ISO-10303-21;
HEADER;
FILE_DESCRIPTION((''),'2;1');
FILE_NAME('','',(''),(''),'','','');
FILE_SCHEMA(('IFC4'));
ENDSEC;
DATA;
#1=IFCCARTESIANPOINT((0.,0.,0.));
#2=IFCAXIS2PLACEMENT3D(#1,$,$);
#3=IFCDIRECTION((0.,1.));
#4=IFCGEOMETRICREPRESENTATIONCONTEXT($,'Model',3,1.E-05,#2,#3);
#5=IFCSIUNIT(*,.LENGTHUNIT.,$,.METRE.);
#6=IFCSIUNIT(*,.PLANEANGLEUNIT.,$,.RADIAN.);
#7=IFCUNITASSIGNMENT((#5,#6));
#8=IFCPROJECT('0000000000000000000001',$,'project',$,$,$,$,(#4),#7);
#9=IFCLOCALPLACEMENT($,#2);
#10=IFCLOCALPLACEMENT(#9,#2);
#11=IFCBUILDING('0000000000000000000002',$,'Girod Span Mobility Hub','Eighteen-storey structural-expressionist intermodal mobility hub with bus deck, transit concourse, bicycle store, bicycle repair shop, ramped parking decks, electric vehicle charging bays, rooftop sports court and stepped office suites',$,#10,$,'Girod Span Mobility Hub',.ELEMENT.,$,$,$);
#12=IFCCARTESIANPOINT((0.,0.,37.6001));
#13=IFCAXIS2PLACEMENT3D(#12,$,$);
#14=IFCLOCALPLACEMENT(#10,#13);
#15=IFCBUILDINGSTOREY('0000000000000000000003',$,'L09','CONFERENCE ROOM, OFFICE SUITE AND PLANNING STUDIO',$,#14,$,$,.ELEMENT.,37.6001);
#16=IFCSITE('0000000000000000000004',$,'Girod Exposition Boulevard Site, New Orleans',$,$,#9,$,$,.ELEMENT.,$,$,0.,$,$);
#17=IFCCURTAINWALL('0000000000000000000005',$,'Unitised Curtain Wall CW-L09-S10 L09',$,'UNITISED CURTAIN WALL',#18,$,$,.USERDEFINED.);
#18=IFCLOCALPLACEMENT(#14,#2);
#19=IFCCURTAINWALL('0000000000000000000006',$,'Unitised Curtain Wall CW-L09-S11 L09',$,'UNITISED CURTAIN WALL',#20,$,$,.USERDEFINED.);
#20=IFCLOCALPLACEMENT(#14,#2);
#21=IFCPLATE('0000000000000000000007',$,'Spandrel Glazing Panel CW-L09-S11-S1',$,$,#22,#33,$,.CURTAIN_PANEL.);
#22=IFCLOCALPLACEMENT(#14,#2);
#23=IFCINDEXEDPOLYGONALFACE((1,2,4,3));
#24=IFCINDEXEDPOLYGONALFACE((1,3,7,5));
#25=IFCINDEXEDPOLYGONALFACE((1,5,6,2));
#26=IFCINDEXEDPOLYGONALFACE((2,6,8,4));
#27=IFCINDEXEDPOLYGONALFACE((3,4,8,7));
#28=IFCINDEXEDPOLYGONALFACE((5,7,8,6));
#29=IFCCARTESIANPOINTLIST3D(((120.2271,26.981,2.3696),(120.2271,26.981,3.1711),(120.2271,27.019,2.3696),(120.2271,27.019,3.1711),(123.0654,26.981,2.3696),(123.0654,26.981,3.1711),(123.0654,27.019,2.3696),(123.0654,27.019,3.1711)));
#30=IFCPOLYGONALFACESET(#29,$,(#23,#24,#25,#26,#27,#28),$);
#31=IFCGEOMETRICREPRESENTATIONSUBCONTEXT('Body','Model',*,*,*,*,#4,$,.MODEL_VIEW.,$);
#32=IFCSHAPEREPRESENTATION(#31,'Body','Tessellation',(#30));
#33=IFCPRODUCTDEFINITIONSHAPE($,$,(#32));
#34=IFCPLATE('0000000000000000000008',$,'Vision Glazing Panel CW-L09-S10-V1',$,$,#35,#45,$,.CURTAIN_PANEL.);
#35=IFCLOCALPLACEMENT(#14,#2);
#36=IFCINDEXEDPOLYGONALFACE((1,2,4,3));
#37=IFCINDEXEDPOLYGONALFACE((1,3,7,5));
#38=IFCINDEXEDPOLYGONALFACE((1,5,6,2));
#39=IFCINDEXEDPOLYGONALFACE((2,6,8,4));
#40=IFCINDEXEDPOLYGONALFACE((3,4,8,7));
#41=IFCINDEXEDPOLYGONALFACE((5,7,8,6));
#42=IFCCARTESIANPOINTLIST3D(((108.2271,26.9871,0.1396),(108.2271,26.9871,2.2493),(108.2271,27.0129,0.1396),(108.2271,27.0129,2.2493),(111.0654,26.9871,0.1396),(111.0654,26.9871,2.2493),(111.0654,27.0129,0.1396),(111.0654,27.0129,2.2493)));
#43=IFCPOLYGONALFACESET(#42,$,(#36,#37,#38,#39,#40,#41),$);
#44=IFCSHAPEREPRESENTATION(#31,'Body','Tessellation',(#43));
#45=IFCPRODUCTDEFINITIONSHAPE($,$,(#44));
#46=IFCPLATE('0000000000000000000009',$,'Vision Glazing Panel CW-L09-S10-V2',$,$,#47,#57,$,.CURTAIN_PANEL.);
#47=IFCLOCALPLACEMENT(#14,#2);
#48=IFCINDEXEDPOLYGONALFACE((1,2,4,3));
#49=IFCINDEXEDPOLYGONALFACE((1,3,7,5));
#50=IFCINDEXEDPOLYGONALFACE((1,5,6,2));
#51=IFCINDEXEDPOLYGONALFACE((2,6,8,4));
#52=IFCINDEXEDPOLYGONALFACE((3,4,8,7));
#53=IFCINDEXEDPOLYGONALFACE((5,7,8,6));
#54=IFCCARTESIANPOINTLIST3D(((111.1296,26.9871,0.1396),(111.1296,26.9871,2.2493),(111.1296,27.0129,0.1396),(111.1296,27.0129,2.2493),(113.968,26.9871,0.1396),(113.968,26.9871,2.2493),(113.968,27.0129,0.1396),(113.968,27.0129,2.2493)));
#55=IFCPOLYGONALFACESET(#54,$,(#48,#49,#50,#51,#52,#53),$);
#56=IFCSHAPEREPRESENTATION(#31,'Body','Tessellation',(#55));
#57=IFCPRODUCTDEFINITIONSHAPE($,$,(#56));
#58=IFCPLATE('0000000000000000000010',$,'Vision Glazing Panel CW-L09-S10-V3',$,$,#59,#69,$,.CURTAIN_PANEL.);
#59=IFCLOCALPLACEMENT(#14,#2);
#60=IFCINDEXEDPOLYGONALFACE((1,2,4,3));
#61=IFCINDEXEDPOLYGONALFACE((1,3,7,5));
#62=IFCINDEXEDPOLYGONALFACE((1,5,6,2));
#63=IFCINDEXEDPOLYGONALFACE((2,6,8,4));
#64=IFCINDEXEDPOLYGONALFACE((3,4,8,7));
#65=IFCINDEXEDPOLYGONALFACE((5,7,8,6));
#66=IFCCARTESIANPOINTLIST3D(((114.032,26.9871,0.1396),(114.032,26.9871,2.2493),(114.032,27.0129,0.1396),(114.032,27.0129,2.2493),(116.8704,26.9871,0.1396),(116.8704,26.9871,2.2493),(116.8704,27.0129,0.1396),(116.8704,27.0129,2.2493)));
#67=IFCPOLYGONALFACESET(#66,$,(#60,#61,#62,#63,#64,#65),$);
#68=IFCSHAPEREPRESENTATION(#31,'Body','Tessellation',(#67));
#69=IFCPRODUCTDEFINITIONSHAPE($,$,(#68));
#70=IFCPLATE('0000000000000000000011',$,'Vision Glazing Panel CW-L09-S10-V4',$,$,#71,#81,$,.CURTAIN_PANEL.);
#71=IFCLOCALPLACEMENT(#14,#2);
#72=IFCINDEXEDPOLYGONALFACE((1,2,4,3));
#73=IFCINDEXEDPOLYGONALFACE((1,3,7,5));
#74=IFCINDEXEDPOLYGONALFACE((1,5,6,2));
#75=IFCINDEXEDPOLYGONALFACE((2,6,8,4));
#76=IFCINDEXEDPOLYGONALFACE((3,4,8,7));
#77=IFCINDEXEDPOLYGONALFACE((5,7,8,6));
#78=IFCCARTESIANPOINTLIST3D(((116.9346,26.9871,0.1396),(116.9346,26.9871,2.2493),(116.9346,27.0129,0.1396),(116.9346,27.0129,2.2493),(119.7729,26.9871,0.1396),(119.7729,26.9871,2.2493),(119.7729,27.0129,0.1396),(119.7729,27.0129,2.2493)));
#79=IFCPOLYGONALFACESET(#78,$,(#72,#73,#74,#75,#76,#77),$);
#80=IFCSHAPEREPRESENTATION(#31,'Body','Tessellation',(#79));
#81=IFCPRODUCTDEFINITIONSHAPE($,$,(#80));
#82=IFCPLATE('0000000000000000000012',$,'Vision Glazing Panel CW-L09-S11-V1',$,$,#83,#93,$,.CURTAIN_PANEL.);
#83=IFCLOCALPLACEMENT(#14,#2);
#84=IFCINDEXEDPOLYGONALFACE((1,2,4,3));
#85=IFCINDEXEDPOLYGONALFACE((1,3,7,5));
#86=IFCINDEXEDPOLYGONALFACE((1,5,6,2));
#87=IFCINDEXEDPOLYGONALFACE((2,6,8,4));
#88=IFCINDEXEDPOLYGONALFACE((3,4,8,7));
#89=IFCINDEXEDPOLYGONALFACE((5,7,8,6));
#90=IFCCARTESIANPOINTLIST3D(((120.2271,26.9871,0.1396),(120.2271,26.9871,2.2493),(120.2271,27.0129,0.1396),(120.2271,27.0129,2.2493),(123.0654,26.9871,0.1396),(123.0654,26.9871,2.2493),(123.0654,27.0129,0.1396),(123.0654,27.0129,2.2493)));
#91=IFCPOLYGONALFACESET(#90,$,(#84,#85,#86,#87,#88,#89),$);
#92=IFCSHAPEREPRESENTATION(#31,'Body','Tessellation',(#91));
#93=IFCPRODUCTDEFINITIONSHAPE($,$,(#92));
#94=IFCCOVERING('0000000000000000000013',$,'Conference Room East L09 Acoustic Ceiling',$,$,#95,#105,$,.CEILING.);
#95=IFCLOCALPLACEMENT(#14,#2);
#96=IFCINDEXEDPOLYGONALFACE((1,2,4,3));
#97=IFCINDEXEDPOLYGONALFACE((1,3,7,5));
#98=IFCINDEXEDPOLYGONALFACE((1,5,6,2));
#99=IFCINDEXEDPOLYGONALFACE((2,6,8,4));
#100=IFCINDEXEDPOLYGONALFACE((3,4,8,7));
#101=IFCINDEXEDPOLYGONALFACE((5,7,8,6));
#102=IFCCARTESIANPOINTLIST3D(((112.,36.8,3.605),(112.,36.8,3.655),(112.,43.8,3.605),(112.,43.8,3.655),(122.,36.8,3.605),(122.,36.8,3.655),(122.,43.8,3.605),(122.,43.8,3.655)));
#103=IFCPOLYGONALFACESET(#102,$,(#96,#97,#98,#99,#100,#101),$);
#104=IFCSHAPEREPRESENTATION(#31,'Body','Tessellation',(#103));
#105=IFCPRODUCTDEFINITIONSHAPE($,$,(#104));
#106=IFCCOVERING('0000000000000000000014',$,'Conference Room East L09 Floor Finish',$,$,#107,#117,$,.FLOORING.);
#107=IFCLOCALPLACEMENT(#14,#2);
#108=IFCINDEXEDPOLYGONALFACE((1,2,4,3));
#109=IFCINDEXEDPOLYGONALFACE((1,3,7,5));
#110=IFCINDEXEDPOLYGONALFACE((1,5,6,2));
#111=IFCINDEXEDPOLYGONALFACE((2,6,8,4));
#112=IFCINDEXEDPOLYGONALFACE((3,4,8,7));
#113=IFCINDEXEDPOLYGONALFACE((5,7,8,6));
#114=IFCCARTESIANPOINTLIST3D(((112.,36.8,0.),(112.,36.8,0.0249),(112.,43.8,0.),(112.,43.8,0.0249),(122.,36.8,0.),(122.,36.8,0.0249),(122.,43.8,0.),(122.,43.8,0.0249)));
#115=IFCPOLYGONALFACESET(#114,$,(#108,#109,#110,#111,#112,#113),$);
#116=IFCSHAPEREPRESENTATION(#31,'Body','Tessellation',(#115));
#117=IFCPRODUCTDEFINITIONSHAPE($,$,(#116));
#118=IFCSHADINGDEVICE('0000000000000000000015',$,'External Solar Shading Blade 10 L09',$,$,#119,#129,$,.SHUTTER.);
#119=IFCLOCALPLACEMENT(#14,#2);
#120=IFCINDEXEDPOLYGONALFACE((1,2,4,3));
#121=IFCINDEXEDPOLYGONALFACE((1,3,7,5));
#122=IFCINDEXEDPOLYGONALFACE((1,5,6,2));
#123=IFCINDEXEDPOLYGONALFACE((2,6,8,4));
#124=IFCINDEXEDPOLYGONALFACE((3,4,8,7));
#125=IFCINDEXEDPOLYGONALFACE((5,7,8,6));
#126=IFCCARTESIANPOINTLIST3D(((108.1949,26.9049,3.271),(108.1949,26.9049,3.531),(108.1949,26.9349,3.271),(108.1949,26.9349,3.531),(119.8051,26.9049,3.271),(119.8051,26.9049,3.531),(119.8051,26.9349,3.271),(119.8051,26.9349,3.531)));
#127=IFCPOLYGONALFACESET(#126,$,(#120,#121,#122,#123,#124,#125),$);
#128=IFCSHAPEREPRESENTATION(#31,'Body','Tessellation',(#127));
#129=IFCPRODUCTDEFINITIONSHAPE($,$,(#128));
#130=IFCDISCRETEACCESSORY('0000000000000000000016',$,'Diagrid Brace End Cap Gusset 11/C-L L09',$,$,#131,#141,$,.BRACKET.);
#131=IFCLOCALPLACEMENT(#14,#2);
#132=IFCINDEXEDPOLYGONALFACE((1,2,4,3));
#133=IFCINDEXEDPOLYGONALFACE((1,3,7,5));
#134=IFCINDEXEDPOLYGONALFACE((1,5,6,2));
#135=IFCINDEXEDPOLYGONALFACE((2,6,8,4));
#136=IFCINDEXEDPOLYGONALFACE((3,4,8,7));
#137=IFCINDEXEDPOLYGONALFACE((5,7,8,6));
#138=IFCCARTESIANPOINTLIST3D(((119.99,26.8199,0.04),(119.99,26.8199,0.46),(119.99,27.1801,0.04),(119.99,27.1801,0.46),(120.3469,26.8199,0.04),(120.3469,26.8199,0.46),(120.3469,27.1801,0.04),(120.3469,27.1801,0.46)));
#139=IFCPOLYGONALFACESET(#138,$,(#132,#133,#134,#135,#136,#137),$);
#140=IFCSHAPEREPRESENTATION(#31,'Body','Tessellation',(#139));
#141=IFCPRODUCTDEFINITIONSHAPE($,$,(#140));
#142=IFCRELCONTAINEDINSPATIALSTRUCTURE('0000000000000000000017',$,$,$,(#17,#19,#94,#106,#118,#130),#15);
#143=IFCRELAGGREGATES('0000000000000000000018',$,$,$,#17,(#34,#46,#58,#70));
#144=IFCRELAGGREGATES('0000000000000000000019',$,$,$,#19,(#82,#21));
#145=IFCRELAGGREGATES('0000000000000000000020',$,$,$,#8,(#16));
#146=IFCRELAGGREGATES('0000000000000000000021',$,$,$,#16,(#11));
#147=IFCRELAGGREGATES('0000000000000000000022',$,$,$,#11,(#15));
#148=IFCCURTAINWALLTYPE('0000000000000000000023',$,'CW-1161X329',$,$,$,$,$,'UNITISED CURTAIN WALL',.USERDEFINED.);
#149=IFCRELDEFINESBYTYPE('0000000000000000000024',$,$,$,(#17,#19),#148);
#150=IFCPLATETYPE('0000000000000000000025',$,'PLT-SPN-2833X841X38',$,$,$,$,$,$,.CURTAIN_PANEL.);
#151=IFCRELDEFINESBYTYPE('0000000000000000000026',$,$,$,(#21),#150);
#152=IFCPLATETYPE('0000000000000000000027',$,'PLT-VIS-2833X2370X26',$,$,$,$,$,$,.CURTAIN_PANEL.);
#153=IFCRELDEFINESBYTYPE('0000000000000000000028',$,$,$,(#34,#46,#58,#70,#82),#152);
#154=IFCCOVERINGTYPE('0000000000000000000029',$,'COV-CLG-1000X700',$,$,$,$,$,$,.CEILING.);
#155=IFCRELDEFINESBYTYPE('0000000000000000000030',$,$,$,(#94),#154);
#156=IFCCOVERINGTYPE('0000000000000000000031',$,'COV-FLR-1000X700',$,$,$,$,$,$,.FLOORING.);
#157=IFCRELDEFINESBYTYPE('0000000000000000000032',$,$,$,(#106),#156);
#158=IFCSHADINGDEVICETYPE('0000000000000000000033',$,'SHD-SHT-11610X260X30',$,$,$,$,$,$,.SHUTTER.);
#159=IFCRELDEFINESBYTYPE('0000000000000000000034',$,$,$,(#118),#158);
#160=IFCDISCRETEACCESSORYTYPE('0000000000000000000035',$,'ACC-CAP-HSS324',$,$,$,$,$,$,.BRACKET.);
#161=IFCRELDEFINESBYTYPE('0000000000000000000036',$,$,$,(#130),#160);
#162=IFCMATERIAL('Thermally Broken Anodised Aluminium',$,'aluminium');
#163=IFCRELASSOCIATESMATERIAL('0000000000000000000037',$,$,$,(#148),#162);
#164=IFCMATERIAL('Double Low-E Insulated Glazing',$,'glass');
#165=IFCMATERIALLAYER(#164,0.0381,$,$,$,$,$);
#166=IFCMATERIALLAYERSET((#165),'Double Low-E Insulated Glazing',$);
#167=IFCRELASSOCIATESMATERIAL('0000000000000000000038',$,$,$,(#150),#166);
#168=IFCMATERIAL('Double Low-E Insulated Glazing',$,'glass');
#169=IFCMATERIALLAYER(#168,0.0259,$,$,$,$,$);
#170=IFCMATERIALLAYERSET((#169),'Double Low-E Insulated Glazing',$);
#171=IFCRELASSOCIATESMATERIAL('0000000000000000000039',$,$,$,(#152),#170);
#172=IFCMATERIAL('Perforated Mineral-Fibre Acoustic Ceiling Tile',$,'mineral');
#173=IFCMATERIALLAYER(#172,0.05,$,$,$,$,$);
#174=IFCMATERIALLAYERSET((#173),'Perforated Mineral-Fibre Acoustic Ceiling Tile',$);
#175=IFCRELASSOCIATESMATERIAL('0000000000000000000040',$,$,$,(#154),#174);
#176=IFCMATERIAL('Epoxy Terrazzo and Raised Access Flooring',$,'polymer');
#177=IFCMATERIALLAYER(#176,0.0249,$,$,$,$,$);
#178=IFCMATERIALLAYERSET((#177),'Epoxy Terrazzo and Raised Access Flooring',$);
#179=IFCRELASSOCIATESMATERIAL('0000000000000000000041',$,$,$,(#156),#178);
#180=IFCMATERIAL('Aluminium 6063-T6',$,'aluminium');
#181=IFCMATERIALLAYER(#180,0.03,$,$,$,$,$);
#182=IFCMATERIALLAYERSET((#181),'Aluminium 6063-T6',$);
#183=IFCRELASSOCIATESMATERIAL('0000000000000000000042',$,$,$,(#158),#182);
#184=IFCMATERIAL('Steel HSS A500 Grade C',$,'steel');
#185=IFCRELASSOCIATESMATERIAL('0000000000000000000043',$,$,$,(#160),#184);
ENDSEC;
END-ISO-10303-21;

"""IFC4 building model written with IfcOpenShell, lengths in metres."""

from ifc_helpers import new_model, si_unit, direction, frame, origin, origin_2d, place, context, subcontext, project, spatial, rectangle, extrude, material, layer, layer_set, type_object, element, aggregate, save


model = new_model("IFC4")

# Units and contexts
model_context = context("Model", 3, precision=1e-05, world=origin(), true_north=direction((0.0, 1.0)))
body_context = subcontext(model_context, "Body", "Model", "MODEL_VIEW")
ifc_project = project(units=[si_unit("LENGTHUNIT", "METRE"), si_unit("PLANEANGLEUNIT", "RADIAN")], contexts=[model_context])

# Site, building, storey
site_placement = place(None, origin())
site = spatial("IfcSite", under=ifc_project, at=site_placement, Name="Girod Exposition Boulevard Site, New Orleans", CompositionType="ELEMENT", RefElevation=0.0)
building_placement = place(site_placement, origin())
building = spatial("IfcBuilding", under=site, at=building_placement, Name="Girod Span Mobility Hub", Description="Eighteen-storey structural-expressionist intermodal mobility hub with bus deck, transit concourse, bicycle store, bicycle repair shop, ramped parking decks, electric vehicle charging bays, rooftop sports court and stepped office suites", LongName="Girod Span Mobility Hub", CompositionType="ELEMENT")
storey_placement = place(building_placement, frame((0.0, 0.0, 37.6001)))
storey = spatial("IfcBuildingStorey", under=building, at=storey_placement, Name="L09", Description="CONFERENCE ROOM, OFFICE SUITE AND PLANNING STUDIO", CompositionType="ELEMENT", Elevation=37.6001)

# Curtain walls
ifc_material_1 = material(Name="Thermally Broken Anodised Aluminium", Category="aluminium")
curtain_wall_type = type_object("IfcCurtainWallType", Name="CW-1161X329", ElementType="UNITISED CURTAIN WALL", PredefinedType="USERDEFINED", material=ifc_material_1)
curtain_wall_1_placement = place(storey_placement, origin())
curtain_wall_1 = element("IfcCurtainWall", 1, at=curtain_wall_1_placement, inside=storey, type_object=curtain_wall_type, Name="Unitised Curtain Wall CW-L09-S10 L09", ObjectType="UNITISED CURTAIN WALL", PredefinedType="USERDEFINED")
curtain_wall_2_placement = place(storey_placement, origin())
curtain_wall_2 = element("IfcCurtainWall", 2, at=curtain_wall_2_placement, inside=storey, type_object=curtain_wall_type, Name="Unitised Curtain Wall CW-L09-S11 L09", ObjectType="UNITISED CURTAIN WALL", PredefinedType="USERDEFINED")

# Plates
ifc_material_2 = material(Name="Double Low-E Insulated Glazing", Category="glass")
ifc_layer_1 = layer(ifc_material_2, 0.0381)
ifc_layer_set_1 = layer_set([ifc_layer_1], Name="Double Low-E Insulated Glazing")
plate_type_1 = type_object("IfcPlateType", Name="PLT-SPN-2833X841X38", PredefinedType="CURTAIN_PANEL", material=ifc_layer_set_1)
plate_1_placement = place(storey_placement, frame((121.6462, 27.0, 2.3696), z_axis=(0.0, 0.0, 1.0), x_axis=(1.0, 0.0, 0.0)))
plate_1 = element("IfcPlate", 3, at=plate_1_placement, type_object=plate_type_1, Name="Spandrel Glazing Panel CW-L09-S11-S1", PredefinedType="CURTAIN_PANEL", context=body_context, shape_type="SweptSolid", body=[
    extrude(rectangle(XDim=2.8384, YDim=0.0381, at=origin_2d()), origin(), (0.0, 0.0, 1.0), 0.8015),
])
ifc_material_3 = material(Name="Double Low-E Insulated Glazing", Category="glass")
ifc_layer_2 = layer(ifc_material_3, 0.0259)
ifc_layer_set_2 = layer_set([ifc_layer_2], Name="Double Low-E Insulated Glazing")
plate_type_2 = type_object("IfcPlateType", Name="PLT-VIS-2833X2370X26", PredefinedType="CURTAIN_PANEL", material=ifc_layer_set_2)
plate_2_placement = place(storey_placement, frame((109.6462, 27.0, 0.1396), z_axis=(0.0, 0.0, 1.0), x_axis=(1.0, 0.0, 0.0)))
plate_2 = element("IfcPlate", 4, at=plate_2_placement, type_object=plate_type_2, Name="Vision Glazing Panel CW-L09-S10-V1", PredefinedType="CURTAIN_PANEL", context=body_context, shape_type="SweptSolid", body=[
    extrude(rectangle(XDim=2.8384, YDim=0.0259, at=origin_2d()), origin(), (0.0, 0.0, 1.0), 2.1096),
])
plate_3_placement = place(storey_placement, frame((112.5488, 27.0, 0.1396), z_axis=(0.0, 0.0, 1.0), x_axis=(1.0, 0.0, 0.0)))
plate_3 = element("IfcPlate", 5, at=plate_3_placement, type_object=plate_type_2, Name="Vision Glazing Panel CW-L09-S10-V2", PredefinedType="CURTAIN_PANEL", context=body_context, shape_type="SweptSolid", body=[
    extrude(rectangle(XDim=2.8384, YDim=0.0259, at=origin_2d()), origin(), (0.0, 0.0, 1.0), 2.1096),
])
plate_4_placement = place(storey_placement, frame((115.4512, 27.0, 0.1396), z_axis=(0.0, 0.0, 1.0), x_axis=(1.0, 0.0, 0.0)))
plate_4 = element("IfcPlate", 6, at=plate_4_placement, type_object=plate_type_2, Name="Vision Glazing Panel CW-L09-S10-V3", PredefinedType="CURTAIN_PANEL", context=body_context, shape_type="SweptSolid", body=[
    extrude(rectangle(XDim=2.8384, YDim=0.0259, at=origin_2d()), origin(), (0.0, 0.0, 1.0), 2.1096),
])
plate_5_placement = place(storey_placement, frame((118.3538, 27.0, 0.1396), z_axis=(0.0, 0.0, 1.0), x_axis=(1.0, 0.0, 0.0)))
plate_5 = element("IfcPlate", 7, at=plate_5_placement, type_object=plate_type_2, Name="Vision Glazing Panel CW-L09-S10-V4", PredefinedType="CURTAIN_PANEL", context=body_context, shape_type="SweptSolid", body=[
    extrude(rectangle(XDim=2.8384, YDim=0.0259, at=origin_2d()), origin(), (0.0, 0.0, 1.0), 2.1096),
])
aggregate(curtain_wall_1, [plate_2, plate_3, plate_4, plate_5])
plate_6_placement = place(storey_placement, frame((121.6462, 27.0, 0.1396), z_axis=(0.0, 0.0, 1.0), x_axis=(1.0, 0.0, 0.0)))
plate_6 = element("IfcPlate", 8, at=plate_6_placement, type_object=plate_type_2, Name="Vision Glazing Panel CW-L09-S11-V1", PredefinedType="CURTAIN_PANEL", context=body_context, shape_type="SweptSolid", body=[
    extrude(rectangle(XDim=2.8384, YDim=0.0259, at=origin_2d()), origin(), (0.0, 0.0, 1.0), 2.1096),
])
aggregate(curtain_wall_2, [plate_6, plate_1])

# Coverings
ifc_material_4 = material(Name="Perforated Mineral-Fibre Acoustic Ceiling Tile", Category="mineral")
ifc_layer_3 = layer(ifc_material_4, 0.05)
ifc_layer_set_3 = layer_set([ifc_layer_3], Name="Perforated Mineral-Fibre Acoustic Ceiling Tile")
covering_type_1 = type_object("IfcCoveringType", Name="COV-CLG-1000X700", PredefinedType="CEILING", material=ifc_layer_set_3)
covering_1_placement = place(storey_placement, frame((117.0, 40.3, 3.605), z_axis=(0.0, 0.0, 1.0), x_axis=(1.0, 0.0, 0.0)))
element("IfcCovering", 9, at=covering_1_placement, inside=storey, type_object=covering_type_1, Name="Conference Room East L09 Acoustic Ceiling", PredefinedType="CEILING", context=body_context, shape_type="SweptSolid", body=[
    extrude(rectangle(XDim=10.0, YDim=7.0, at=origin_2d()), origin(), (0.0, 0.0, 1.0), 0.05),
])
ifc_material_5 = material(Name="Epoxy Terrazzo and Raised Access Flooring", Category="polymer")
ifc_layer_4 = layer(ifc_material_5, 0.0249)
ifc_layer_set_4 = layer_set([ifc_layer_4], Name="Epoxy Terrazzo and Raised Access Flooring")
covering_type_2 = type_object("IfcCoveringType", Name="COV-FLR-1000X700", PredefinedType="FLOORING", material=ifc_layer_set_4)
covering_2_placement = place(storey_placement, frame((117.0, 40.3, 0.0), z_axis=(0.0, 0.0, 1.0), x_axis=(1.0, 0.0, 0.0)))
element("IfcCovering", 10, at=covering_2_placement, inside=storey, type_object=covering_type_2, Name="Conference Room East L09 Floor Finish", PredefinedType="FLOORING", context=body_context, shape_type="SweptSolid", body=[
    extrude(rectangle(XDim=10.0, YDim=7.0, at=origin_2d()), origin(), (0.0, 0.0, 1.0), 0.0249),
])

# Shading device
ifc_material_6 = material(Name="Aluminium 6063-T6", Category="aluminium")
ifc_layer_5 = layer(ifc_material_6, 0.03)
ifc_layer_set_5 = layer_set([ifc_layer_5], Name="Aluminium 6063-T6")
shading_device_type = type_object("IfcShadingDeviceType", Name="SHD-SHT-11610X260X30", PredefinedType="SHUTTER", material=ifc_layer_set_5)
shading_device_placement = place(storey_placement, frame((114.0, 26.9199, 3.271), z_axis=(0.0, 0.0, 1.0), x_axis=(1.0, 0.0, 0.0)))
element("IfcShadingDevice", 11, at=shading_device_placement, inside=storey, type_object=shading_device_type, Name="External Solar Shading Blade 10 L09", PredefinedType="SHUTTER", context=body_context, shape_type="SweptSolid", body=[
    extrude(rectangle(XDim=11.6101, YDim=0.03, at=origin_2d()), origin(), (0.0, 0.0, 1.0), 0.26),
])

# Discrete accessory
ifc_material_7 = material(Name="Steel HSS A500 Grade C", Category="steel")
discrete_accessory_type = type_object("IfcDiscreteAccessoryType", Name="ACC-CAP-HSS324", PredefinedType="BRACKET", material=ifc_material_7)
discrete_accessory_placement = place(storey_placement, frame((120.1685, 27.0, 0.04), z_axis=(0.0, 0.0, 1.0), x_axis=(1.0, 0.0, 0.0)))
element("IfcDiscreteAccessory", 12, at=discrete_accessory_placement, inside=storey, type_object=discrete_accessory_type, Name="Diagrid Brace End Cap Gusset 11/C-L L09", PredefinedType="BRACKET", context=body_context, shape_type="SweptSolid", body=[
    extrude(rectangle(XDim=0.3569, YDim=0.3601, at=origin_2d()), origin(), (0.0, 0.0, 1.0), 0.4199),
])

save(model, "model.ifc")
